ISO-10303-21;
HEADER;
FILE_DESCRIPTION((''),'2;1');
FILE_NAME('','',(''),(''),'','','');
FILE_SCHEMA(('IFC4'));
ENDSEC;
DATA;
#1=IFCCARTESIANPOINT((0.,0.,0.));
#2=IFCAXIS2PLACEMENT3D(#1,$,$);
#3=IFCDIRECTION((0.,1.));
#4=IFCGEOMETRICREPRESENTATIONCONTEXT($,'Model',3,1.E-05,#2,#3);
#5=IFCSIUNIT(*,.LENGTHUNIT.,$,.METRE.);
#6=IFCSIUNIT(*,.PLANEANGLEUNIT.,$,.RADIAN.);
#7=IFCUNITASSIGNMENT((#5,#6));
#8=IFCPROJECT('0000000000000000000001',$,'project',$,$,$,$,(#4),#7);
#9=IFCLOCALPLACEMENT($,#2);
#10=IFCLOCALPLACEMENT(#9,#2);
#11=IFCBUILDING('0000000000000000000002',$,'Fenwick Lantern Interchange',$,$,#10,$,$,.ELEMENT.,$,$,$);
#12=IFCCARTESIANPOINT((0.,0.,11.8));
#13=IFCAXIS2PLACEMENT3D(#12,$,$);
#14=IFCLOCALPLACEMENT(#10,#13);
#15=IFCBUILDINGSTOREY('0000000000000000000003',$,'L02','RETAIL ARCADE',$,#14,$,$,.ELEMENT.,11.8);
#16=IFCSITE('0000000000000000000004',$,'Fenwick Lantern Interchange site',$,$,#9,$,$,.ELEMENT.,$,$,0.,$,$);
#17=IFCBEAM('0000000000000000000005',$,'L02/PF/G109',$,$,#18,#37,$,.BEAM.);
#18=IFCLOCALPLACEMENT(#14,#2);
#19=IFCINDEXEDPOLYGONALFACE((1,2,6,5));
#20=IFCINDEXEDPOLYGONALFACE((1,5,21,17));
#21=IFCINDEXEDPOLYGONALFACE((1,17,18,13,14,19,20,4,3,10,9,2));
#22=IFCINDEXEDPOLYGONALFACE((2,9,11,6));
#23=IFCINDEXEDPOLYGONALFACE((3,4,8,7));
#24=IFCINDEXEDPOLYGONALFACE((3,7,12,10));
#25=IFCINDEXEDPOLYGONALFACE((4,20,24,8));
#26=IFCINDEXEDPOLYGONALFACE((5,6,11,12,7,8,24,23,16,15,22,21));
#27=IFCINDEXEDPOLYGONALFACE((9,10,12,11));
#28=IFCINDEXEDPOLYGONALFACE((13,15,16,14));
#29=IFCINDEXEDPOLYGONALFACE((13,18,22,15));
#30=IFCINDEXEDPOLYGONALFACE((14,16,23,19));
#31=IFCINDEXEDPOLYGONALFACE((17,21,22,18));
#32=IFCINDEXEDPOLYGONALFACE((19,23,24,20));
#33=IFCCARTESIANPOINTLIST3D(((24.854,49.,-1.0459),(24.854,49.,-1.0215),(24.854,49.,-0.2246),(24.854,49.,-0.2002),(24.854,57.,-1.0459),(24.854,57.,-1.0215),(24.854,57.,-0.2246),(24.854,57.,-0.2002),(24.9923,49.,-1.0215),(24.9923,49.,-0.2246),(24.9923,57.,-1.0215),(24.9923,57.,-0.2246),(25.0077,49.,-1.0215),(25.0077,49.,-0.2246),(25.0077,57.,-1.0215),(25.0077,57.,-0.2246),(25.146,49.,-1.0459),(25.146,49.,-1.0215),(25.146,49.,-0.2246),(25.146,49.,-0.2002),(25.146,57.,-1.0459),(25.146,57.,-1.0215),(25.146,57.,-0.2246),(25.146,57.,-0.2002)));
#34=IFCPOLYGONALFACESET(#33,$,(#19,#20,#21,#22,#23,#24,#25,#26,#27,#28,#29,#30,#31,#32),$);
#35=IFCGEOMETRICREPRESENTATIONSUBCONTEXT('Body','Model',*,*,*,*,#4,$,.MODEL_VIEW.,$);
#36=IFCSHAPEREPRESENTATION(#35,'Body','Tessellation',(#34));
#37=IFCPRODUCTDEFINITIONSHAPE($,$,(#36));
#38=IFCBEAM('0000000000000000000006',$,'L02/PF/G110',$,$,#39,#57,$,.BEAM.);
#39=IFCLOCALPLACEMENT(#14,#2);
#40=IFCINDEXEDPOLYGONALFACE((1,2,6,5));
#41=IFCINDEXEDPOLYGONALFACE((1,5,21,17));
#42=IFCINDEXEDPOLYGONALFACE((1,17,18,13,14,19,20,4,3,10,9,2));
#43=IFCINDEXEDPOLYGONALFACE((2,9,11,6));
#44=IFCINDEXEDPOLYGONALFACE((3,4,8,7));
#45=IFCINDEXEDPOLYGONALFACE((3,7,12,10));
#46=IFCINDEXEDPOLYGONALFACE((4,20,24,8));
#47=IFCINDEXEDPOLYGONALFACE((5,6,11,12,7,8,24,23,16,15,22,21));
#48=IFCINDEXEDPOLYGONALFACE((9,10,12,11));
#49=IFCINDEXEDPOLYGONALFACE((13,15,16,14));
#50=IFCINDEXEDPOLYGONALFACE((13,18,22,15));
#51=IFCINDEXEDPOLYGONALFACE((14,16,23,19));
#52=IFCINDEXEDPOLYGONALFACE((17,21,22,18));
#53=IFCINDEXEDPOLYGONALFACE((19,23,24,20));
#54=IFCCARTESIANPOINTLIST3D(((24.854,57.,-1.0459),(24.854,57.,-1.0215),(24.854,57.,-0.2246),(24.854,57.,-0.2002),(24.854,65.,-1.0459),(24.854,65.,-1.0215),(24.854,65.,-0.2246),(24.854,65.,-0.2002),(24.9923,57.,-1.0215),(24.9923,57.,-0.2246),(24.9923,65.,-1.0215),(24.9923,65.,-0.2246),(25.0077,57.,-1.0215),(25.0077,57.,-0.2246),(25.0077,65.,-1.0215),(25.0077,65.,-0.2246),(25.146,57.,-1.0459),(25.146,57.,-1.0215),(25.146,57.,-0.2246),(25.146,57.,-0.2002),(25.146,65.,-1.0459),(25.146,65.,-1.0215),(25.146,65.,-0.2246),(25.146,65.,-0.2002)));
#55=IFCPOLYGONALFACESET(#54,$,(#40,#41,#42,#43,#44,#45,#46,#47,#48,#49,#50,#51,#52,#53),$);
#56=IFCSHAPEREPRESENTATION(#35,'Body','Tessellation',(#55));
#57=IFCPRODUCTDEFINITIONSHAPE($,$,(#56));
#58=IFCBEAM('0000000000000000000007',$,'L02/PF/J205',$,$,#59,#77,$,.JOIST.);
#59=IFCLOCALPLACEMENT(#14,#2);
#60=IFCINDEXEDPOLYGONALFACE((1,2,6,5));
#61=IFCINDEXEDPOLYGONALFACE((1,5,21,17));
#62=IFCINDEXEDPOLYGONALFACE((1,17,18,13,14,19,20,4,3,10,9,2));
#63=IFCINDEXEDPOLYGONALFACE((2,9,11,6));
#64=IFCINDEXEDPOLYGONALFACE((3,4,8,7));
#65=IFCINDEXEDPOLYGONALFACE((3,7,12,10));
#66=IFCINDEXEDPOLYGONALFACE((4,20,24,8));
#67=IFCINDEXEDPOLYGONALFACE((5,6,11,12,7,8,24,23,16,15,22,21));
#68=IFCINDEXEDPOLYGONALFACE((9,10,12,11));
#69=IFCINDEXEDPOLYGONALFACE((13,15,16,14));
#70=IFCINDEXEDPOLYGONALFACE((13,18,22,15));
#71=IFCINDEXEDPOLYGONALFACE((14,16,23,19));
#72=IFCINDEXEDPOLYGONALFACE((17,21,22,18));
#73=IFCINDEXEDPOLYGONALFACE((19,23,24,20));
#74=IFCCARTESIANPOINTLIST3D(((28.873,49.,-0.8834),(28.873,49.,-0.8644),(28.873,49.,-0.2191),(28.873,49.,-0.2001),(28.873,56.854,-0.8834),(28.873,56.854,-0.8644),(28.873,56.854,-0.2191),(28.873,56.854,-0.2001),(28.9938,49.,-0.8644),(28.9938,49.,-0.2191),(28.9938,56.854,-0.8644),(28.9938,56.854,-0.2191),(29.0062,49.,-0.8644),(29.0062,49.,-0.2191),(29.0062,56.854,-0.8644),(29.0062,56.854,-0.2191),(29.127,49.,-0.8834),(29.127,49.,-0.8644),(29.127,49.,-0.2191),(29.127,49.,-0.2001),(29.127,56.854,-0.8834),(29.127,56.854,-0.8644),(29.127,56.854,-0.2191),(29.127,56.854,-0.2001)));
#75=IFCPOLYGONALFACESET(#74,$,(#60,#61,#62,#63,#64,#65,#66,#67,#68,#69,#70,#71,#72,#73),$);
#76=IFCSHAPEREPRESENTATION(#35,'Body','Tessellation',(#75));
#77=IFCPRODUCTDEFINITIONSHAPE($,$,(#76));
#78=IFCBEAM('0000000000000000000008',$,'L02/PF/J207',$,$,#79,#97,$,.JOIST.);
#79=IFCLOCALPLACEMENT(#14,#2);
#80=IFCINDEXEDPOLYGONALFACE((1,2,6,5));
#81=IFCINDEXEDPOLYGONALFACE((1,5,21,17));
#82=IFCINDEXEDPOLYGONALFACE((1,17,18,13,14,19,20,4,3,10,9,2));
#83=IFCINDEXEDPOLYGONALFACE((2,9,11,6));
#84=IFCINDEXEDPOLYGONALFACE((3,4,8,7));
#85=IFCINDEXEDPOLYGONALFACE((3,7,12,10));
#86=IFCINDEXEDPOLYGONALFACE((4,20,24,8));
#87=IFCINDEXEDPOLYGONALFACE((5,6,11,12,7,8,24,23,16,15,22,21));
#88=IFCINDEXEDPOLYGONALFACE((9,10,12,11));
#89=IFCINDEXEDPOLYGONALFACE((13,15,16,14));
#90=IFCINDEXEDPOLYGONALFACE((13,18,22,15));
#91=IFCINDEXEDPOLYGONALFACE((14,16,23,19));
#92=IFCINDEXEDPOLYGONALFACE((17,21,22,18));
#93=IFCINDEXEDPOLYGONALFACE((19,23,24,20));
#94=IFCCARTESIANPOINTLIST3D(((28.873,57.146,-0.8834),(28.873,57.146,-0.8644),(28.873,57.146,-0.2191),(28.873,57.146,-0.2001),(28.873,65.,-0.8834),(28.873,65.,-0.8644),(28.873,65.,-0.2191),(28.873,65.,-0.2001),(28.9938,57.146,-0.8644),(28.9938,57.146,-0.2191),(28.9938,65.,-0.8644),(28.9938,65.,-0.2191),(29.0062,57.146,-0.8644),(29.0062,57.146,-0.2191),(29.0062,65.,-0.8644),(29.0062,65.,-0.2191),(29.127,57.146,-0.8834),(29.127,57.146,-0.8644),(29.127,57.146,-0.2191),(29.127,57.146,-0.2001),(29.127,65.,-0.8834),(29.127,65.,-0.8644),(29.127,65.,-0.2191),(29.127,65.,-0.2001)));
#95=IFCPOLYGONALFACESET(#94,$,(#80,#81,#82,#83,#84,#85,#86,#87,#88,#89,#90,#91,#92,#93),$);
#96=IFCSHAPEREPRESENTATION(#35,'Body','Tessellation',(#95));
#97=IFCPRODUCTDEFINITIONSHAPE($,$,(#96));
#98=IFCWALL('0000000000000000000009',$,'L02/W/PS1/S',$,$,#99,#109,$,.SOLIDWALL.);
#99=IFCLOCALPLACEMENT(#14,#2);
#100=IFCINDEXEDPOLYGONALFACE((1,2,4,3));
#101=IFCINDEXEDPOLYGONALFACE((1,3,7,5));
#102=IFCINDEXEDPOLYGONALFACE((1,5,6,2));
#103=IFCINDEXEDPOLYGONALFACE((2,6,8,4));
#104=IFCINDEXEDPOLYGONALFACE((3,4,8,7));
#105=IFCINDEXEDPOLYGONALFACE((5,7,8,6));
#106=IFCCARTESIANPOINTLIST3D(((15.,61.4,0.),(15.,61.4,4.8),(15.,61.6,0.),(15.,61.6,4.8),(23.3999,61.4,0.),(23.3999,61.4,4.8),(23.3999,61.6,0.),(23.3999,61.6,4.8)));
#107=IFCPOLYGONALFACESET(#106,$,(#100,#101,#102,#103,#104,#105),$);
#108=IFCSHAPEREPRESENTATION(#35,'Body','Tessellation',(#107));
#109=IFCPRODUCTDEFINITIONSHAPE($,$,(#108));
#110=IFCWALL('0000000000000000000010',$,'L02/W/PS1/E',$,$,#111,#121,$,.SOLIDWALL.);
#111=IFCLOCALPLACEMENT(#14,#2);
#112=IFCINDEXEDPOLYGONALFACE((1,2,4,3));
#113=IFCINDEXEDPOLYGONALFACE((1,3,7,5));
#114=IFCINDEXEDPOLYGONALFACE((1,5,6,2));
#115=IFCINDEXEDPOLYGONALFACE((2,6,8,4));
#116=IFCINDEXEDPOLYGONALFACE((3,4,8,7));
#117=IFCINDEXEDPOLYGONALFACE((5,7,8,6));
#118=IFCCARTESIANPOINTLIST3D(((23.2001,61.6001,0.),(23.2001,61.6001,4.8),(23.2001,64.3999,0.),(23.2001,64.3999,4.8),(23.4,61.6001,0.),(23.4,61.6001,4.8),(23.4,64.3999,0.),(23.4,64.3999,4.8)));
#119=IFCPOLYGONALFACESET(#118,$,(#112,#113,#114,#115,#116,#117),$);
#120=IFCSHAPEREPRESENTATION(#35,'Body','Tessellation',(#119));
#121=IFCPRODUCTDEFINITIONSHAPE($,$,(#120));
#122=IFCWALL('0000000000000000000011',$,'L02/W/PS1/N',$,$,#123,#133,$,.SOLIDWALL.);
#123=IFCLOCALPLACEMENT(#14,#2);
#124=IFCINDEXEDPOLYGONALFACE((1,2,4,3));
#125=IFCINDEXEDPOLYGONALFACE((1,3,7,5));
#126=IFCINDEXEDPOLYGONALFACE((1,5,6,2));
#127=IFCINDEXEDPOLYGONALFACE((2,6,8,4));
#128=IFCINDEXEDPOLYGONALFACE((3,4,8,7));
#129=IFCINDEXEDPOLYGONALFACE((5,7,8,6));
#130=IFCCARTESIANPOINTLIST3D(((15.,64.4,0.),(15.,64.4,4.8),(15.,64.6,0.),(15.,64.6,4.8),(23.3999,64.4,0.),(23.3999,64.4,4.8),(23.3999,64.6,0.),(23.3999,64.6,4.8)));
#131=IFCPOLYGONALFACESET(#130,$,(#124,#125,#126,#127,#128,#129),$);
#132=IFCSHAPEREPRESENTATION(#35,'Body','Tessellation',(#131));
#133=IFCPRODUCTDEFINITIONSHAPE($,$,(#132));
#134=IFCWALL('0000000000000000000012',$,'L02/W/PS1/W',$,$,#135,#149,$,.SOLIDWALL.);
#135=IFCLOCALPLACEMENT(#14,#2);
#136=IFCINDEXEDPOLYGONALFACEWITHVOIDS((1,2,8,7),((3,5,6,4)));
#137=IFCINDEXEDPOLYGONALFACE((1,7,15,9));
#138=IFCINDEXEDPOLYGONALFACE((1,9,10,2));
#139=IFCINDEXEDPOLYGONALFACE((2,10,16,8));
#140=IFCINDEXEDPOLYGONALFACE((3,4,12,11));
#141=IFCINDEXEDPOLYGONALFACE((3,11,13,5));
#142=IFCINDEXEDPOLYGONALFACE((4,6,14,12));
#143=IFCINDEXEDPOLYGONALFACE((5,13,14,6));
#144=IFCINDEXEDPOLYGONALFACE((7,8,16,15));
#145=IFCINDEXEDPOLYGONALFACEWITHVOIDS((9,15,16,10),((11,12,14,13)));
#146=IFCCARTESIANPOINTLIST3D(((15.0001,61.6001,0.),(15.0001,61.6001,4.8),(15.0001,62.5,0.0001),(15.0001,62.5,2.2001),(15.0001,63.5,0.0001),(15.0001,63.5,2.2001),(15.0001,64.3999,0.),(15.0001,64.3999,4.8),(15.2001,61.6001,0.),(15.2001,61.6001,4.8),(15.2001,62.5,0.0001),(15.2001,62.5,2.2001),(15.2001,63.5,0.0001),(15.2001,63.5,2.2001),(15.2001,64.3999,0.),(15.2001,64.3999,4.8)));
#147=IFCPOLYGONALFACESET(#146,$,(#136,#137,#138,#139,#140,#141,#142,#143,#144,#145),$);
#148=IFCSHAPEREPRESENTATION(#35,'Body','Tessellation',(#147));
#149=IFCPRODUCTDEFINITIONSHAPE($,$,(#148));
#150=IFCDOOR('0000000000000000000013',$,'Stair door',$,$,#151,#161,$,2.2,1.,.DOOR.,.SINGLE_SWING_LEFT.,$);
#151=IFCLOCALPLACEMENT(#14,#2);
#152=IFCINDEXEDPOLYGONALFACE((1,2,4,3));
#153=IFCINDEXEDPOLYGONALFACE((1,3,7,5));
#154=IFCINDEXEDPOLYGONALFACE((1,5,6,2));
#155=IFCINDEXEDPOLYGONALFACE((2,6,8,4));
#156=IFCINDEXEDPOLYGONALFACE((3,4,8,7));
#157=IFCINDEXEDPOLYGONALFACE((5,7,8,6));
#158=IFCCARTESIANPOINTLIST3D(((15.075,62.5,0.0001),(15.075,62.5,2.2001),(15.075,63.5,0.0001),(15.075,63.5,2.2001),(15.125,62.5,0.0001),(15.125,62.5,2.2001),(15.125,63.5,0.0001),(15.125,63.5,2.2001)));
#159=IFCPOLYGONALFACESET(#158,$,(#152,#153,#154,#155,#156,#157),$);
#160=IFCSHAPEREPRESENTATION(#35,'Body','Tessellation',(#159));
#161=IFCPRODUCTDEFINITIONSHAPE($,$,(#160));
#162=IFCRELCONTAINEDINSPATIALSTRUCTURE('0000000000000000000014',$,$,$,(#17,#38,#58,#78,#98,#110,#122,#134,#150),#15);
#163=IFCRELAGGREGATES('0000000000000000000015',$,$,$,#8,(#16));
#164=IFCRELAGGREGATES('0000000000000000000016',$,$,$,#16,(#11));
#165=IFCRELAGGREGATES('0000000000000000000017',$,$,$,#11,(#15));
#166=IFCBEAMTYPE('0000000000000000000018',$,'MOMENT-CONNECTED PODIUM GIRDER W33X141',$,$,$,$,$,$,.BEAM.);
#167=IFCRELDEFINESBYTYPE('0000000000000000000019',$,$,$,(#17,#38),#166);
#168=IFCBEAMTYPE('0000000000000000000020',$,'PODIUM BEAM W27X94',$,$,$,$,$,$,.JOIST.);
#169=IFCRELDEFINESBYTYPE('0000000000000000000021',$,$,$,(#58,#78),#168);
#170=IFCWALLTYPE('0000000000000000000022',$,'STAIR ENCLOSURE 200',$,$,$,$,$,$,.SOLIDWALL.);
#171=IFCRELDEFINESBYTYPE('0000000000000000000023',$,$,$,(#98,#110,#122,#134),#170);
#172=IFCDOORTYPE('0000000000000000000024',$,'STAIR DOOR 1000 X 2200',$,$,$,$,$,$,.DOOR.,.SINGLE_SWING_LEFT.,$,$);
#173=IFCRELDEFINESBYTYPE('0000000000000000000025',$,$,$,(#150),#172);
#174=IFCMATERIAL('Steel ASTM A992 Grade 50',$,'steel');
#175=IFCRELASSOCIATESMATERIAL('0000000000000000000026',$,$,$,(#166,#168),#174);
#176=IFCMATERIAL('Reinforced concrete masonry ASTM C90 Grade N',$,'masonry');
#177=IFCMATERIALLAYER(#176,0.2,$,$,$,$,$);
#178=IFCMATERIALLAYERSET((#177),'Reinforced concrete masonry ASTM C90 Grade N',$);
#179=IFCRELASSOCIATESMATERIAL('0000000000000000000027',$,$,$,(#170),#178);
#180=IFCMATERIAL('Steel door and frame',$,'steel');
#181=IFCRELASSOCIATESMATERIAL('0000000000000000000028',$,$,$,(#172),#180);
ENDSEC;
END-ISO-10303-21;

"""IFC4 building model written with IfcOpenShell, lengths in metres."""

from ifc_helpers import new_model, si_unit, direction, frame, frame_2d, origin, origin_2d, place, context, subcontext, project, spatial, rectangle, i_section, extrude, material, layer, layer_set, material_profile, profile_set, type_object, element, fill, save


model = new_model("IFC4")

# Units and contexts
model_context = context("Model", 3, precision=1e-05, world=origin(), true_north=direction((0.0, 1.0)))
body_context = subcontext(model_context, "Body", "Model", "MODEL_VIEW")
ifc_project = project(units=[si_unit("LENGTHUNIT", "METRE"), si_unit("PLANEANGLEUNIT", "RADIAN")], contexts=[model_context])

# Site, building, storey
site_placement = place(None, origin())
site = spatial("IfcSite", under=ifc_project, at=site_placement, Name="Fenwick Lantern Interchange site", CompositionType="ELEMENT", RefElevation=0.0)
building_placement = place(site_placement, origin())
building = spatial("IfcBuilding", under=site, at=building_placement, Name="Fenwick Lantern Interchange", CompositionType="ELEMENT")
storey_placement = place(building_placement, frame((0.0, 0.0, 11.8)))
storey = spatial("IfcBuildingStorey", under=building, at=storey_placement, Name="L02", Description="RETAIL ARCADE", CompositionType="ELEMENT", Elevation=11.8)

# Shared definitions
ifc_material_1 = material(Name="Steel ASTM A992 Grade 50", Category="steel")

# Beams
ifc_material_profile_1 = material_profile(ifc_material_1, i_section(OverallWidth=0.292, OverallDepth=0.8457, WebThickness=0.0154, FlangeThickness=0.0244, at=origin_2d()), Name="W33X141")
ifc_profile_set_1 = profile_set([ifc_material_profile_1], Name="Steel ASTM A992 Grade 50")
beam_type_1 = type_object("IfcBeamType", Name="MOMENT-CONNECTED PODIUM GIRDER W33X141", PredefinedType="BEAM", material=ifc_profile_set_1)
for number, where, z_axis, x_axis, name in (
    (1, (25.0, 49.0, -0.623), (0.0, 1.0, 0.0), (-1.0, 0.0, 0.0), "L02/PF/G109"),
    (2, (25.0, 57.0, -0.623), (0.0, 1.0, 0.0), (-1.0, 0.0, 0.0), "L02/PF/G110"),
):
    element("IfcBeam", number, at=place(storey_placement, frame(where, z_axis=z_axis, x_axis=x_axis)), inside=storey, type_object=beam_type_1, Name=name, PredefinedType="BEAM", context=body_context, shape_type="SweptSolid", body=[
        extrude(i_section(OverallWidth=0.292, OverallDepth=0.8457, WebThickness=0.0154, FlangeThickness=0.0244, at=origin_2d()), origin(), (0.0, 0.0, 1.0), 8.0),
    ])
ifc_material_profile_2 = material_profile(ifc_material_1, i_section(OverallWidth=0.2539, OverallDepth=0.6833, WebThickness=0.0125, FlangeThickness=0.019, at=origin_2d()), Name="W27X94")
ifc_profile_set_2 = profile_set([ifc_material_profile_2], Name="Steel ASTM A992 Grade 50")
beam_type_2 = type_object("IfcBeamType", Name="PODIUM BEAM W27X94", PredefinedType="JOIST", material=ifc_profile_set_2)
for number, where, z_axis, x_axis, name in (
    (3, (29.0, 49.0, -0.5417), (0.0, 1.0, 0.0), (-1.0, 0.0, 0.0), "L02/PF/J205"),
    (4, (29.0, 57.146, -0.5417), (0.0, 1.0, 0.0), (-1.0, 0.0, 0.0), "L02/PF/J207"),
):
    element("IfcBeam", number, at=place(storey_placement, frame(where, z_axis=z_axis, x_axis=x_axis)), inside=storey, type_object=beam_type_2, Name=name, PredefinedType="JOIST", context=body_context, shape_type="SweptSolid", body=[
        extrude(i_section(OverallWidth=0.2539, OverallDepth=0.6833, WebThickness=0.0125, FlangeThickness=0.019, at=origin_2d()), origin(), (0.0, 0.0, 1.0), 7.854),
    ])

# Walls
ifc_material_2 = material(Name="Reinforced concrete masonry ASTM C90 Grade N", Category="masonry")
ifc_layer = layer(ifc_material_2, 0.2)
ifc_layer_set = layer_set([ifc_layer], Name="Reinforced concrete masonry ASTM C90 Grade N")
wall_type = type_object("IfcWallType", Name="STAIR ENCLOSURE 200", PredefinedType="SOLIDWALL", material=ifc_layer_set)
wall_1_placement = place(storey_placement, frame((15.0, 61.5, 0.0), z_axis=(0.0, 0.0, 1.0), x_axis=(1.0, 0.0, 0.0)))
element("IfcWall", 5, at=wall_1_placement, inside=storey, type_object=wall_type, Name="L02/W/PS1/S", PredefinedType="SOLIDWALL", context=body_context, shape_type="SweptSolid", body=[
    extrude(rectangle(XDim=8.3999, YDim=0.2, at=frame_2d((4.2, 0.0))), origin(), (0.0, 0.0, 1.0), 4.8),
])
wall_2_placement = place(storey_placement, frame((23.3, 61.6001, 0.0), z_axis=(0.0, 0.0, 1.0), x_axis=(0.0, 1.0, 0.0)))
element("IfcWall", 6, at=wall_2_placement, inside=storey, type_object=wall_type, Name="L02/W/PS1/E", PredefinedType="SOLIDWALL", context=body_context, shape_type="SweptSolid", body=[
    extrude(rectangle(XDim=2.7998, YDim=0.2, at=frame_2d((1.3999, 0.0))), origin(), (0.0, 0.0, 1.0), 4.8),
])
wall_3_placement = place(storey_placement, frame((23.3999, 64.5, 0.0), z_axis=(0.0, 0.0, 1.0), x_axis=(-1.0, 0.0, 0.0)))
element("IfcWall", 7, at=wall_3_placement, inside=storey, type_object=wall_type, Name="L02/W/PS1/N", PredefinedType="SOLIDWALL", context=body_context, shape_type="SweptSolid", body=[
    extrude(rectangle(XDim=8.3999, YDim=0.2, at=frame_2d((4.2, 0.0))), origin(), (0.0, 0.0, 1.0), 4.8),
])

# Wall, opening, door
wall_4_placement = place(storey_placement, frame((15.1001, 64.3999, 0.0), z_axis=(0.0, 0.0, 1.0), x_axis=(0.0, -1.0, 0.0)))
wall_4 = element("IfcWall", 8, at=wall_4_placement, inside=storey, type_object=wall_type, Name="L02/W/PS1/W", PredefinedType="SOLIDWALL", context=body_context, shape_type="SweptSolid", body=[
    extrude(rectangle(XDim=2.7998, YDim=0.2, at=frame_2d((1.3999, 0.0))), origin(), (0.0, 0.0, 1.0), 4.8),
])
opening_placement = place(wall_4_placement, frame((0.8999, 0.0, 0.0)))
opening = element("IfcOpeningElement", 9, at=opening_placement, cuts=wall_4, PredefinedType="OPENING", context=body_context, shape_type="SweptSolid", body=[
    extrude(rectangle(XDim=1.0, YDim=2.2, at=frame_2d((0.5, 1.1001))), frame((0.0, 0.1099, 0.0), z_axis=(0.0, -1.0, 0.0), x_axis=(1.0, 0.0, 0.0)), (0.0, 0.0, 1.0), 0.22),
])
ifc_material_3 = material(Name="Steel door and frame", Category="steel")
door_type = type_object("IfcDoorType", Name="STAIR DOOR 1000 X 2200", OperationType="SINGLE_SWING_LEFT", PredefinedType="DOOR", material=ifc_material_3)
door_placement = place(opening_placement, origin())
door = element("IfcDoor", 10, at=door_placement, inside=storey, type_object=door_type, Name="Stair door", OperationType="SINGLE_SWING_LEFT", OverallHeight=2.2, OverallWidth=1.0, PredefinedType="DOOR", context=body_context, shape_type="SweptSolid", body=[
    extrude(rectangle(XDim=1.0, YDim=2.2, at=frame_2d((0.5, 1.1001))), frame((0.0, 0.0249, 0.0), z_axis=(0.0, -1.0, 0.0), x_axis=(1.0, 0.0, 0.0)), (0.0, 0.0, 1.0), 0.05),
])
fill(opening, door)

save(model, "model.ifc")
